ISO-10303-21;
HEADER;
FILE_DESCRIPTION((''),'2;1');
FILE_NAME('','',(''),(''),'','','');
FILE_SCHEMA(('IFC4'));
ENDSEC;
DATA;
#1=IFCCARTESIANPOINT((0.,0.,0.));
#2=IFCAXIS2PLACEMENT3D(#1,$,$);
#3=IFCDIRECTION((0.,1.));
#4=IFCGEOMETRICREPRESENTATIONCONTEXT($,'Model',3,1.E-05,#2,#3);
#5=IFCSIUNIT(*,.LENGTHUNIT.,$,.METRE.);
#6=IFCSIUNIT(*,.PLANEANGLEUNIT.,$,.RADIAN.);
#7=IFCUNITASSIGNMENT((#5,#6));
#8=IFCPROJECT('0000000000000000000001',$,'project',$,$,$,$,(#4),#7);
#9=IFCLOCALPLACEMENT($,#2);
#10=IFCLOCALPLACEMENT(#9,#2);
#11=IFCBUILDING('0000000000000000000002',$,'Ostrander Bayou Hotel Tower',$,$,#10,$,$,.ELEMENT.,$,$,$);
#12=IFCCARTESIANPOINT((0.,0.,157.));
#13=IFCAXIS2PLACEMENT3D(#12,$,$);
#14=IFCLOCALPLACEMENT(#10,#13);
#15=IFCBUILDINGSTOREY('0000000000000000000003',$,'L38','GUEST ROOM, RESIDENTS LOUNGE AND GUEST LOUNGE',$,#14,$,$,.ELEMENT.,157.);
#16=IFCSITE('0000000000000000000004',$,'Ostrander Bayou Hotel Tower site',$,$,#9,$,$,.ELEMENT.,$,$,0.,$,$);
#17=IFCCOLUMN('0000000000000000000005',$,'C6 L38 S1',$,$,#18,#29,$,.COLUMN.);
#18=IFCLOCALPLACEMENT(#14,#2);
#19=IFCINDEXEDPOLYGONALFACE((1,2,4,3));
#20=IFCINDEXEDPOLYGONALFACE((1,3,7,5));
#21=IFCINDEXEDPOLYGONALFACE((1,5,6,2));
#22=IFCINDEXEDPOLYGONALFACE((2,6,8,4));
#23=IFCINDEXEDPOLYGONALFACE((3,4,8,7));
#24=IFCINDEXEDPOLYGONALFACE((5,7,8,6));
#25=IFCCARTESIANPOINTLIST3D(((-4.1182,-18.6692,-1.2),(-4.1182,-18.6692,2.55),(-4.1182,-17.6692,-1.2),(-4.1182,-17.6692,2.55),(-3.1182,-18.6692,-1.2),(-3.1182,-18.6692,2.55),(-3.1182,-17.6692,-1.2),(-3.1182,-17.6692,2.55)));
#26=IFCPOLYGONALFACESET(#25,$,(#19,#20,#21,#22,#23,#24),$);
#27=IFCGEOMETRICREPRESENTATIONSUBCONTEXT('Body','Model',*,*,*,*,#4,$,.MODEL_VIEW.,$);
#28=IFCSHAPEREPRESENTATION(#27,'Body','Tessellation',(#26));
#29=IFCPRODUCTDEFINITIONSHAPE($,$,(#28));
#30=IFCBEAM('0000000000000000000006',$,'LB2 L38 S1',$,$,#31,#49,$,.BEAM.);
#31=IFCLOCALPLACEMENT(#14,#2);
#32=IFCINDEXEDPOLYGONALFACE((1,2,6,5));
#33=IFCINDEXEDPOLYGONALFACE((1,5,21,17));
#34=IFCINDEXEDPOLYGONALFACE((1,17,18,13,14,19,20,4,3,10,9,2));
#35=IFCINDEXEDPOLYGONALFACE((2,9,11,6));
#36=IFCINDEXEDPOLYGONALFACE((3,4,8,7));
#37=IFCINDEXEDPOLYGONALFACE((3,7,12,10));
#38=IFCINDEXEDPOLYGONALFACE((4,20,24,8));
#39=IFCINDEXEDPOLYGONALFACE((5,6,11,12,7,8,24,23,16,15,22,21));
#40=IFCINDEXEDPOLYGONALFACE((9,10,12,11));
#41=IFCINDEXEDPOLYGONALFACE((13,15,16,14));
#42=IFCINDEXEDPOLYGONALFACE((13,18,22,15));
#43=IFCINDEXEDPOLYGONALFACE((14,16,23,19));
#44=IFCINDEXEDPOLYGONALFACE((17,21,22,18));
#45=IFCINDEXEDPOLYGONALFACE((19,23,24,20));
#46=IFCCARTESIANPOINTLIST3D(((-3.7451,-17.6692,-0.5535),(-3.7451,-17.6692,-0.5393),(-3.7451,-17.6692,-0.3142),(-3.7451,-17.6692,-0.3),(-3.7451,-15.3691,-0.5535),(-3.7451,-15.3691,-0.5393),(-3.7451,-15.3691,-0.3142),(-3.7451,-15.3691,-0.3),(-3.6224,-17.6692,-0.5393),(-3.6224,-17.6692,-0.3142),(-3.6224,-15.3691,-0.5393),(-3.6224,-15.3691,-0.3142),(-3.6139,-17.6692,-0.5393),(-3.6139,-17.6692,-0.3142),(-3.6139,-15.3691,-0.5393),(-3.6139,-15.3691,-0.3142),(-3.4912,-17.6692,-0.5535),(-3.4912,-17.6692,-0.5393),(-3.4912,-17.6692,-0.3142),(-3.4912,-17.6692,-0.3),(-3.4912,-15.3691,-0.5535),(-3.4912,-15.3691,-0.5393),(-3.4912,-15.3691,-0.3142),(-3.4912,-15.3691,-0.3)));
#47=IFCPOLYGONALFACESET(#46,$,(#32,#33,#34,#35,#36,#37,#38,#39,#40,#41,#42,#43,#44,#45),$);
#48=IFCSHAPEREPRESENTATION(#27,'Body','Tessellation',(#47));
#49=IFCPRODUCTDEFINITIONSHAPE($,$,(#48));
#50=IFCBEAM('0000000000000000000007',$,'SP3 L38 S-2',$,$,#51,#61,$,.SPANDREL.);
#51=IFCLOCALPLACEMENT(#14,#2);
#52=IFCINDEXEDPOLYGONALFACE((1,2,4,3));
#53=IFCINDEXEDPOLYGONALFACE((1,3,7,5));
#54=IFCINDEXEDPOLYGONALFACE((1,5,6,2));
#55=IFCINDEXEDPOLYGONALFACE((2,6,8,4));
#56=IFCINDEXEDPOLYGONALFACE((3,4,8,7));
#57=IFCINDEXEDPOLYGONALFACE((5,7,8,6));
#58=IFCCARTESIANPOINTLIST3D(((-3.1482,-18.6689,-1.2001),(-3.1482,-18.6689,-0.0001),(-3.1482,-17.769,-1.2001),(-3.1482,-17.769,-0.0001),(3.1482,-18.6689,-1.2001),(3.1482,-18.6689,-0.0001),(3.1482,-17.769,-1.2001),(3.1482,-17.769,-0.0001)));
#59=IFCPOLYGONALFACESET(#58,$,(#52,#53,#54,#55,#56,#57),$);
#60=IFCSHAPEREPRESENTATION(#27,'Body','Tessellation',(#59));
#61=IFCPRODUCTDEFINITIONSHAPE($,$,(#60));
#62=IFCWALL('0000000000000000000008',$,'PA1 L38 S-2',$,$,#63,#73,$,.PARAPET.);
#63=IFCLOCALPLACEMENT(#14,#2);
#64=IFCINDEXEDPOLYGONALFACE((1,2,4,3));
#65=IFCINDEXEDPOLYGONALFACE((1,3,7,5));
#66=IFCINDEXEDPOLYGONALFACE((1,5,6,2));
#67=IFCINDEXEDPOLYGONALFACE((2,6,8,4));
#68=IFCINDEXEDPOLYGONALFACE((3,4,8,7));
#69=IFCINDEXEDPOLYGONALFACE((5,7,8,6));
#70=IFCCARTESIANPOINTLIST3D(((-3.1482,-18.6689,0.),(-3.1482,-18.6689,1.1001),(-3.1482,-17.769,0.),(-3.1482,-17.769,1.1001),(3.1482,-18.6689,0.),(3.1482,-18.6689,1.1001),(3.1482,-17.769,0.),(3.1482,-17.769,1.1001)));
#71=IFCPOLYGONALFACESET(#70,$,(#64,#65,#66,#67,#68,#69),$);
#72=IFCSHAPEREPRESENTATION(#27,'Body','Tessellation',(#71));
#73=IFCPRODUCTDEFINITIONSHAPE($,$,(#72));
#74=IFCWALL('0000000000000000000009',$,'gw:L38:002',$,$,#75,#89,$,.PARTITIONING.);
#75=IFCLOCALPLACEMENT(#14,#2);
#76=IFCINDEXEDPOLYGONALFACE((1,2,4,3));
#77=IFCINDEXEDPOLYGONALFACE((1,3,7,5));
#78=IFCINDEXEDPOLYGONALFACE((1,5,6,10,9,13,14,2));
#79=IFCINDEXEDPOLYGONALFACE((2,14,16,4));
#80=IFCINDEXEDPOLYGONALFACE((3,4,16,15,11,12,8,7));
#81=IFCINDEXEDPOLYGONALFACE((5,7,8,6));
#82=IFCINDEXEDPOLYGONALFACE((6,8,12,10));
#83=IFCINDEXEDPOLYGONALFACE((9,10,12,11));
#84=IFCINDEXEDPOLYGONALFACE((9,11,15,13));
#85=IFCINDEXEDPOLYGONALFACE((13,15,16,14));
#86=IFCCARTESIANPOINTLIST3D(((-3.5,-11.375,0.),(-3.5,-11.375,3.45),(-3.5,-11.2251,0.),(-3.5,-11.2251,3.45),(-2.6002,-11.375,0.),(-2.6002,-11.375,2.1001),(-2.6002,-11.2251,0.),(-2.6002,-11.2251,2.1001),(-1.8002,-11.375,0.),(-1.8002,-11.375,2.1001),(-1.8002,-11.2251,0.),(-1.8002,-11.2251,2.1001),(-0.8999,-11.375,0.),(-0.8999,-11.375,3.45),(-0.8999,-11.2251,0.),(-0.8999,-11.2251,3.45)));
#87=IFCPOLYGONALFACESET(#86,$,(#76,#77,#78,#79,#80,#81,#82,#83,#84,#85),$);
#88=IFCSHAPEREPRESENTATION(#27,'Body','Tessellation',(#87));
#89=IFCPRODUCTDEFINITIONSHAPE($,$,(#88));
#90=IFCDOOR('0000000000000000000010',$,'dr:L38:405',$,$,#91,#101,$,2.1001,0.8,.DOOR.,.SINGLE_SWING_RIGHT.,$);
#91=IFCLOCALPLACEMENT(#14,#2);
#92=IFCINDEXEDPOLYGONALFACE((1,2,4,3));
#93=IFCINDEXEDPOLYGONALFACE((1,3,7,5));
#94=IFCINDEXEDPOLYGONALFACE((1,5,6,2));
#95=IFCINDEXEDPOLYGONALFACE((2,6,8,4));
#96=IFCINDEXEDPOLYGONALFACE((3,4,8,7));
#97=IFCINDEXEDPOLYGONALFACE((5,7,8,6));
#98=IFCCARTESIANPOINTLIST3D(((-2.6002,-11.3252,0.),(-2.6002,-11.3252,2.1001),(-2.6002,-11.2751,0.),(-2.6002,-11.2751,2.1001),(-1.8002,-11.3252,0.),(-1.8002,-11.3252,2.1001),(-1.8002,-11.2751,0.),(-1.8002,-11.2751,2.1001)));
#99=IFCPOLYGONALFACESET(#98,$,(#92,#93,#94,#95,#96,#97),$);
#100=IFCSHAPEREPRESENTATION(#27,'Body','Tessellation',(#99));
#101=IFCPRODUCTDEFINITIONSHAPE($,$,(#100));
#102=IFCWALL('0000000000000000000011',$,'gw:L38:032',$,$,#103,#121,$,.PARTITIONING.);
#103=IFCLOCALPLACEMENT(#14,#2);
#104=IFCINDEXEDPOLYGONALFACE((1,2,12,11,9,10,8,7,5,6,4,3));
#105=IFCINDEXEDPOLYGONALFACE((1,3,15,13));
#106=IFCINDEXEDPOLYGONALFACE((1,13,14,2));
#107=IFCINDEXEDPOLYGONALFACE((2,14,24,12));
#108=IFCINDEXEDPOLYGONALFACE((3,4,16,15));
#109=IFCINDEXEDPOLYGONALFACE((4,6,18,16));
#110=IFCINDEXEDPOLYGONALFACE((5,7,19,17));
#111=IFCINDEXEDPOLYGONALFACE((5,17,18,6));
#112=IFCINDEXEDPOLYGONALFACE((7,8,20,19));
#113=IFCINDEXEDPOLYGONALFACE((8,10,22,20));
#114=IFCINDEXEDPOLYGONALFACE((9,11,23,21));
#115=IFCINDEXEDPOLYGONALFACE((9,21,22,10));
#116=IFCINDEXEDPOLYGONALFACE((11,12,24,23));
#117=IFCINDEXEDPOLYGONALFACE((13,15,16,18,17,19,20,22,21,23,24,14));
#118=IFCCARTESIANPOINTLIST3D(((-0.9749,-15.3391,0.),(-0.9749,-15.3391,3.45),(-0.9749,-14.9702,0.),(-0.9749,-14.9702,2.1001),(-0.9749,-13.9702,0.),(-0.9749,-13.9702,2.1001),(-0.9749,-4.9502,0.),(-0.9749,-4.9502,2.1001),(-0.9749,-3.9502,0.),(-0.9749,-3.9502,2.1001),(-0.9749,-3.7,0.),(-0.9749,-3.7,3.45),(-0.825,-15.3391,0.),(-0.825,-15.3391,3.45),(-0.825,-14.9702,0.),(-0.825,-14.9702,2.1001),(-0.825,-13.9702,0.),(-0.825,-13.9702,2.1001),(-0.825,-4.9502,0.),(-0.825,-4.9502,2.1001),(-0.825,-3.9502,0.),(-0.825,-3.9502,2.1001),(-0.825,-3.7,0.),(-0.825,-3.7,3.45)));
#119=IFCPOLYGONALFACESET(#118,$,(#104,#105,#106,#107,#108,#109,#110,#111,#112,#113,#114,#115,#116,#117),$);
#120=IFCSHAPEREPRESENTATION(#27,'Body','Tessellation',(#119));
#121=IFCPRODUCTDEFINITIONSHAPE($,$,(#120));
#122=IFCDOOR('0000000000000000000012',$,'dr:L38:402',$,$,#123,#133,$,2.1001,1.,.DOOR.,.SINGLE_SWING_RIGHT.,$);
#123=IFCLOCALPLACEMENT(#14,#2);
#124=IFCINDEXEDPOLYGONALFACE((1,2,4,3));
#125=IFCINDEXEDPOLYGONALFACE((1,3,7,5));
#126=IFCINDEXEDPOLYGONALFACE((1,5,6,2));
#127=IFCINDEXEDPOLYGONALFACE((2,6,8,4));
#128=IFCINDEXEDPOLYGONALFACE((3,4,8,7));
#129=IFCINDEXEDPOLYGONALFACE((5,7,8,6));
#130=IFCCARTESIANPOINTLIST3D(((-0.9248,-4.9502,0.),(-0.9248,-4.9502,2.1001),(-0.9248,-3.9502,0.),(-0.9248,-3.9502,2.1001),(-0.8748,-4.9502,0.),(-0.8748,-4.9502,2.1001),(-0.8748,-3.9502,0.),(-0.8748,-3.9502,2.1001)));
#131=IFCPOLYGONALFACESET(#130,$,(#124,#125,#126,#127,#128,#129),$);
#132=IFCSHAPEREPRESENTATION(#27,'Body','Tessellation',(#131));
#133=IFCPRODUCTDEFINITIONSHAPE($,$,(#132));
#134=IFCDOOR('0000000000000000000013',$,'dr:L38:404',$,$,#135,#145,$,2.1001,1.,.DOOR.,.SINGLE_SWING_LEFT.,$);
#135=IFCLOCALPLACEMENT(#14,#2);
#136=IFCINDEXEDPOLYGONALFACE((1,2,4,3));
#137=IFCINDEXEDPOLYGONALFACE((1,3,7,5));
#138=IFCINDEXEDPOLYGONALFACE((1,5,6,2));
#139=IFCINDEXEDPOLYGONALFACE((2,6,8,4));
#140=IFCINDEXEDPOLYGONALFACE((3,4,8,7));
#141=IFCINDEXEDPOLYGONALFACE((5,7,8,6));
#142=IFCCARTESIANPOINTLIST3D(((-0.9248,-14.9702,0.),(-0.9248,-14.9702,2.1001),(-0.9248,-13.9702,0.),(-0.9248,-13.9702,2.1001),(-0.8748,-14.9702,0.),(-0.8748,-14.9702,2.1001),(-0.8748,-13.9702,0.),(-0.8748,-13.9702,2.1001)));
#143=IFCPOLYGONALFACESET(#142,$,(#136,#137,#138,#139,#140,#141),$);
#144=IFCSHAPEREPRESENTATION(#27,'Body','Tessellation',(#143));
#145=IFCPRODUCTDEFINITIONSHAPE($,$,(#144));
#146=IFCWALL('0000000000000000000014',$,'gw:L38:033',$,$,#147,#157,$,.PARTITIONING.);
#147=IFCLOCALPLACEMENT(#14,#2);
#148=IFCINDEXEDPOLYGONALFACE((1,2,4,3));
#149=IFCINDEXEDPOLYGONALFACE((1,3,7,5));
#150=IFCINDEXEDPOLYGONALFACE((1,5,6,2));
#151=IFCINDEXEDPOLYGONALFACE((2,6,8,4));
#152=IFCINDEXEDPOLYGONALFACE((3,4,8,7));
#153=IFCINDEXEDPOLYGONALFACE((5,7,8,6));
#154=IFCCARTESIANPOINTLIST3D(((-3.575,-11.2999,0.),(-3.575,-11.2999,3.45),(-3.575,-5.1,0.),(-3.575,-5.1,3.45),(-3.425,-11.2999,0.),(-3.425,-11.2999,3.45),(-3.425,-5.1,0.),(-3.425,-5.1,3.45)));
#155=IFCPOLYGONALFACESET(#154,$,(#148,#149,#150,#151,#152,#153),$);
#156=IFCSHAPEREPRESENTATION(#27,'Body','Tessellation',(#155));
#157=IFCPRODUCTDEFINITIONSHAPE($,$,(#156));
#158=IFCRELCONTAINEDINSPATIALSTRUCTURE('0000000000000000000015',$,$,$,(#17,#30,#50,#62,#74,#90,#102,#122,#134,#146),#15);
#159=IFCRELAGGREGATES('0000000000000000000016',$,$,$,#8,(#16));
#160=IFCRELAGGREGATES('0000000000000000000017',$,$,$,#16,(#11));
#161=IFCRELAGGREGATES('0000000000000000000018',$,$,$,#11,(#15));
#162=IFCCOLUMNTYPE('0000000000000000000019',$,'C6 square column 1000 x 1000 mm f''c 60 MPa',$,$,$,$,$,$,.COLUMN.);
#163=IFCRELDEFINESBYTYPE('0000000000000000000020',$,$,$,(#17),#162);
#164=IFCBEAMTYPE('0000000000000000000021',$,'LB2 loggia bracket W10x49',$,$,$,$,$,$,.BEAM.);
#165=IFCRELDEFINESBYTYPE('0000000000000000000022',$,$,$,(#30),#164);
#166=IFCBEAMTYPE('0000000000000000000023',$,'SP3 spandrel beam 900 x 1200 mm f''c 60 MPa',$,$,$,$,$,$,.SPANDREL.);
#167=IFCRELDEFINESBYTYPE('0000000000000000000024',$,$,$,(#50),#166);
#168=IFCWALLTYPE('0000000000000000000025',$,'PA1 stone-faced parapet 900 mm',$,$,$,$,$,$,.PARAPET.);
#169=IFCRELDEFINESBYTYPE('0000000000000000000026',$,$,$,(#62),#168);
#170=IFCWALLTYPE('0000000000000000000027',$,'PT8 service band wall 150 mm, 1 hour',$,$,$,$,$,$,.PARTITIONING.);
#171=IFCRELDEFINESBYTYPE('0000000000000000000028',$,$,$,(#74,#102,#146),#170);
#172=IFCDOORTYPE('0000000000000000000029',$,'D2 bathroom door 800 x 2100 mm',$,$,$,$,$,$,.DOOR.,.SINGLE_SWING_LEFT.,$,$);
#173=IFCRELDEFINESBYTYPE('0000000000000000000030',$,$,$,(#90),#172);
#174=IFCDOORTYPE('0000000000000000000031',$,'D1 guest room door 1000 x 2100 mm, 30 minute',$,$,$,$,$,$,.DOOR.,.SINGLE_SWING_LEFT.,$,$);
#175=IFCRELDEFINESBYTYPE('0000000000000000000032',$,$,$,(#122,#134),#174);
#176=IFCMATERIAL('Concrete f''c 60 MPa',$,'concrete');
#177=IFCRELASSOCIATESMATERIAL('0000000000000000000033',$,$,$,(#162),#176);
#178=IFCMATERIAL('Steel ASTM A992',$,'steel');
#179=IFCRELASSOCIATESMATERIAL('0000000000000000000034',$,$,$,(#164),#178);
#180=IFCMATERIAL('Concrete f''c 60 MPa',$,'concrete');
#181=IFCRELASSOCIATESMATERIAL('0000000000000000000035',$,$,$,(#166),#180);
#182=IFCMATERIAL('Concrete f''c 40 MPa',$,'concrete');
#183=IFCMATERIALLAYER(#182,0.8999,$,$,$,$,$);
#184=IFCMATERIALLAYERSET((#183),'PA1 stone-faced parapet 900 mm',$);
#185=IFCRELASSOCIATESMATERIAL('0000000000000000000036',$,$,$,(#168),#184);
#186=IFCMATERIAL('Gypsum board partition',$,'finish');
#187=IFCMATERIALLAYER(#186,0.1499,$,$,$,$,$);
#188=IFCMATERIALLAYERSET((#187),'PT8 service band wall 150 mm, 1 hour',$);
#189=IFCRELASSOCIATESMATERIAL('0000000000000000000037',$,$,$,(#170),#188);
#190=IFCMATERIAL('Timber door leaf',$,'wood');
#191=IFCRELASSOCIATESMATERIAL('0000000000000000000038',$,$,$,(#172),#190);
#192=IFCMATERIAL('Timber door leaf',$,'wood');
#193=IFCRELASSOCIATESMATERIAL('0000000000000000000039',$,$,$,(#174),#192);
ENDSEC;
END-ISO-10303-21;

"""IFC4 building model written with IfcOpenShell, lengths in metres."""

from ifc_helpers import new_model, si_unit, direction, frame, frame_2d, origin, origin_2d, place, context, subcontext, project, spatial, rectangle, i_section, extrude, material, layer, layer_set, material_profile, profile_set, type_object, element, fill, save


model = new_model("IFC4")

# Units and contexts
model_context = context("Model", 3, precision=1e-05, world=origin(), true_north=direction((0.0, 1.0)))
body_context = subcontext(model_context, "Body", "Model", "MODEL_VIEW")
ifc_project = project(units=[si_unit("LENGTHUNIT", "METRE"), si_unit("PLANEANGLEUNIT", "RADIAN")], contexts=[model_context])

# Site, building, storey
site_placement = place(None, origin())
site = spatial("IfcSite", under=ifc_project, at=site_placement, Name="Ostrander Bayou Hotel Tower site", CompositionType="ELEMENT", RefElevation=0.0)
building_placement = place(site_placement, origin())
building = spatial("IfcBuilding", under=site, at=building_placement, Name="Ostrander Bayou Hotel Tower", CompositionType="ELEMENT")
storey_placement = place(building_placement, frame((0.0, 0.0, 157.0)))
storey = spatial("IfcBuildingStorey", under=building, at=storey_placement, Name="L38", Description="GUEST ROOM, RESIDENTS LOUNGE AND GUEST LOUNGE", CompositionType="ELEMENT", Elevation=157.0)

# Column
ifc_material_1 = material(Name="Concrete f'c 60 MPa", Category="concrete")
ifc_material_profile_1 = material_profile(ifc_material_1, rectangle(XDim=1.0, YDim=1.0, at=origin_2d()))
ifc_profile_set_1 = profile_set([ifc_material_profile_1], Name="Concrete f'c 60 MPa")
column_type = type_object("IfcColumnType", Name="C6 square column 1000 x 1000 mm f'c 60 MPa", PredefinedType="COLUMN", material=ifc_profile_set_1)
column_placement = place(storey_placement, frame((-3.6182, -18.1692, -1.2), z_axis=(0.0, 0.0, 1.0), x_axis=(-1.0, 0.0, 0.0)))
element("IfcColumn", 1, at=column_placement, inside=storey, type_object=column_type, Name="C6 L38 S1", PredefinedType="COLUMN", context=body_context, shape_type="SweptSolid", body=[
    extrude(rectangle(XDim=1.0, YDim=1.0, at=origin_2d()), origin(), (0.0, 0.0, 1.0), 3.75),
])

# Beams
ifc_material_2 = material(Name="Steel ASTM A992", Category="steel")
ifc_material_profile_2 = material_profile(ifc_material_2, i_section(OverallWidth=0.2539, OverallDepth=0.2534, WebThickness=0.0085, FlangeThickness=0.0142, at=origin_2d()))
ifc_profile_set_2 = profile_set([ifc_material_profile_2], Name="Steel ASTM A992")
beam_type_1 = type_object("IfcBeamType", Name="LB2 loggia bracket W10x49", PredefinedType="BEAM", material=ifc_profile_set_2)
beam_1_placement = place(storey_placement, frame((-3.6182, -17.6692, -0.4268), z_axis=(0.0, 1.0, 0.0), x_axis=(-1.0, 0.0, 0.0)))
element("IfcBeam", 2, at=beam_1_placement, inside=storey, type_object=beam_type_1, Name="LB2 L38 S1", PredefinedType="BEAM", context=body_context, shape_type="SweptSolid", body=[
    extrude(i_section(OverallWidth=0.2539, OverallDepth=0.2534, WebThickness=0.0085, FlangeThickness=0.0142, at=origin_2d()), origin(), (0.0, 0.0, 1.0), 2.3),
])
ifc_material_3 = material(Name="Concrete f'c 60 MPa", Category="concrete")
ifc_material_profile_3 = material_profile(ifc_material_3, rectangle(XDim=0.8999, YDim=1.2, at=origin_2d()))
ifc_profile_set_3 = profile_set([ifc_material_profile_3], Name="Concrete f'c 60 MPa")
beam_type_2 = type_object("IfcBeamType", Name="SP3 spandrel beam 900 x 1200 mm f'c 60 MPa", PredefinedType="SPANDREL", material=ifc_profile_set_3)
beam_2_placement = place(storey_placement, frame((-3.1482, -18.219, -0.6001), z_axis=(1.0, 0.0, 0.0), x_axis=(0.0, 1.0, 0.0)))
element("IfcBeam", 3, at=beam_2_placement, inside=storey, type_object=beam_type_2, Name="SP3 L38 S-2", PredefinedType="SPANDREL", context=body_context, shape_type="SweptSolid", body=[
    extrude(rectangle(XDim=0.8999, YDim=1.2, at=origin_2d()), origin(), (0.0, 0.0, 1.0), 6.2964),
])

# Wall
ifc_material_4 = material(Name="Concrete f'c 40 MPa", Category="concrete")
ifc_layer_1 = layer(ifc_material_4, 0.8999)
ifc_layer_set_1 = layer_set([ifc_layer_1], Name="PA1 stone-faced parapet 900 mm")
wall_type_1 = type_object("IfcWallType", Name="PA1 stone-faced parapet 900 mm", PredefinedType="PARAPET", material=ifc_layer_set_1)
wall_1_placement = place(storey_placement, frame((-3.1482, -18.219, 0.0), z_axis=(0.0, 0.0, 1.0), x_axis=(1.0, 0.0, 0.0)))
element("IfcWall", 4, at=wall_1_placement, inside=storey, type_object=wall_type_1, Name="PA1 L38 S-2", PredefinedType="PARAPET", context=body_context, shape_type="SweptSolid", body=[
    extrude(rectangle(XDim=6.2964, YDim=0.8999, at=frame_2d((3.1482, 0.0))), origin(), (0.0, 0.0, 1.0), 1.1001),
])

# Wall, opening, door
ifc_material_5 = material(Name="Gypsum board partition", Category="finish")
ifc_layer_2 = layer(ifc_material_5, 0.1499)
ifc_layer_set_2 = layer_set([ifc_layer_2], Name="PT8 service band wall 150 mm, 1 hour")
wall_type_2 = type_object("IfcWallType", Name="PT8 service band wall 150 mm, 1 hour", PredefinedType="PARTITIONING", material=ifc_layer_set_2)
wall_2_placement = place(storey_placement, frame((-3.5, -11.3, 0.0), z_axis=(0.0, 0.0, 1.0), x_axis=(1.0, 0.0, 0.0)))
wall_2 = element("IfcWall", 5, at=wall_2_placement, inside=storey, type_object=wall_type_2, Name="gw:L38:002", PredefinedType="PARTITIONING", context=body_context, shape_type="SweptSolid", body=[
    extrude(rectangle(XDim=2.6001, YDim=0.1499, at=frame_2d((1.3, 0.0))), origin(), (0.0, 0.0, 1.0), 3.45),
])
opening_1_placement = place(wall_2_placement, frame((0.8999, 0.0, 0.0)))
opening_1 = element("IfcOpeningElement", 6, at=opening_1_placement, cuts=wall_2, PredefinedType="OPENING", context=body_context, shape_type="SweptSolid", body=[
    extrude(rectangle(XDim=0.8, YDim=2.1001, at=frame_2d((0.3999, 1.05))), frame((0.0, 0.075, 0.0), z_axis=(0.0, -1.0, 0.0), x_axis=(1.0, 0.0, 0.0)), (0.0, 0.0, 1.0), 0.1499),
])
ifc_material_6 = material(Name="Timber door leaf", Category="wood")
door_type_1 = type_object("IfcDoorType", Name="D2 bathroom door 800 x 2100 mm", OperationType="SINGLE_SWING_LEFT", PredefinedType="DOOR", material=ifc_material_6)
door_1_placement = place(opening_1_placement, origin())
door_1 = element("IfcDoor", 7, at=door_1_placement, inside=storey, type_object=door_type_1, Name="dr:L38:405", OperationType="SINGLE_SWING_RIGHT", OverallHeight=2.1001, OverallWidth=0.8, PredefinedType="DOOR", context=body_context, shape_type="SweptSolid", body=[
    extrude(rectangle(XDim=0.8, YDim=2.1001, at=frame_2d((0.3999, 1.05))), frame((0.0, 0.0249, 0.0), z_axis=(0.0, -1.0, 0.0), x_axis=(1.0, 0.0, 0.0)), (0.0, 0.0, 1.0), 0.05),
])
fill(opening_1, door_1)

# Wall, openings, doors
wall_3_placement = place(storey_placement, frame((-0.8999, -15.3391, 0.0), z_axis=(0.0, 0.0, 1.0), x_axis=(0.0, 1.0, 0.0)))
wall_3 = element("IfcWall", 8, at=wall_3_placement, inside=storey, type_object=wall_type_2, Name="gw:L38:032", PredefinedType="PARTITIONING", context=body_context, shape_type="SweptSolid", body=[
    extrude(rectangle(XDim=11.6392, YDim=0.1499, at=frame_2d((5.8196, 0.0))), origin(), (0.0, 0.0, 1.0), 3.45),
])
opening_2_placement = place(wall_3_placement, frame((10.3889, 0.0, 0.0)))
opening_2 = element("IfcOpeningElement", 9, at=opening_2_placement, cuts=wall_3, PredefinedType="OPENING", context=body_context, shape_type="SweptSolid", body=[
    extrude(rectangle(XDim=1.0, YDim=2.1001, at=frame_2d((0.5, 1.05))), frame((0.0, 0.075, 0.0), z_axis=(0.0, -1.0, 0.0), x_axis=(1.0, 0.0, 0.0)), (0.0, 0.0, 1.0), 0.1499),
])
opening_3_placement = place(wall_3_placement, frame((0.3689, 0.0, 0.0)))
opening_3 = element("IfcOpeningElement", 10, at=opening_3_placement, cuts=wall_3, PredefinedType="OPENING", context=body_context, shape_type="SweptSolid", body=[
    extrude(rectangle(XDim=1.0, YDim=2.1001, at=frame_2d((0.5, 1.05))), frame((0.0, 0.075, 0.0), z_axis=(0.0, -1.0, 0.0), x_axis=(1.0, 0.0, 0.0)), (0.0, 0.0, 1.0), 0.1499),
])
ifc_material_7 = material(Name="Timber door leaf", Category="wood")
door_type_2 = type_object("IfcDoorType", Name="D1 guest room door 1000 x 2100 mm, 30 minute", OperationType="SINGLE_SWING_LEFT", PredefinedType="DOOR", material=ifc_material_7)
door_2_placement = place(opening_2_placement, origin())
door_2 = element("IfcDoor", 11, at=door_2_placement, inside=storey, type_object=door_type_2, Name="dr:L38:402", OperationType="SINGLE_SWING_RIGHT", OverallHeight=2.1001, OverallWidth=1.0, PredefinedType="DOOR", context=body_context, shape_type="SweptSolid", body=[
    extrude(rectangle(XDim=1.0, YDim=2.1001, at=frame_2d((0.5, 1.05))), frame((0.0, 0.0249, 0.0), z_axis=(0.0, -1.0, 0.0), x_axis=(1.0, 0.0, 0.0)), (0.0, 0.0, 1.0), 0.05),
])
fill(opening_2, door_2)
door_3_placement = place(opening_3_placement, origin())
door_3 = element("IfcDoor", 12, at=door_3_placement, inside=storey, type_object=door_type_2, Name="dr:L38:404", OperationType="SINGLE_SWING_LEFT", OverallHeight=2.1001, OverallWidth=1.0, PredefinedType="DOOR", context=body_context, shape_type="SweptSolid", body=[
    extrude(rectangle(XDim=1.0, YDim=2.1001, at=frame_2d((0.5, 1.05))), frame((0.0, 0.0249, 0.0), z_axis=(0.0, -1.0, 0.0), x_axis=(1.0, 0.0, 0.0)), (0.0, 0.0, 1.0), 0.05),
])
fill(opening_3, door_3)

# Wall
wall_4_placement = place(storey_placement, frame((-3.5, -11.3, 0.0), z_axis=(0.0, 0.0, 1.0), x_axis=(0.0, 1.0, 0.0)))
element("IfcWall", 13, at=wall_4_placement, inside=storey, type_object=wall_type_2, Name="gw:L38:033", PredefinedType="PARTITIONING", context=body_context, shape_type="SweptSolid", body=[
    extrude(rectangle(XDim=6.2, YDim=0.1499, at=frame_2d((3.1001, 0.0))), origin(), (0.0, 0.0, 1.0), 3.45),
])

save(model, "model.ifc")
